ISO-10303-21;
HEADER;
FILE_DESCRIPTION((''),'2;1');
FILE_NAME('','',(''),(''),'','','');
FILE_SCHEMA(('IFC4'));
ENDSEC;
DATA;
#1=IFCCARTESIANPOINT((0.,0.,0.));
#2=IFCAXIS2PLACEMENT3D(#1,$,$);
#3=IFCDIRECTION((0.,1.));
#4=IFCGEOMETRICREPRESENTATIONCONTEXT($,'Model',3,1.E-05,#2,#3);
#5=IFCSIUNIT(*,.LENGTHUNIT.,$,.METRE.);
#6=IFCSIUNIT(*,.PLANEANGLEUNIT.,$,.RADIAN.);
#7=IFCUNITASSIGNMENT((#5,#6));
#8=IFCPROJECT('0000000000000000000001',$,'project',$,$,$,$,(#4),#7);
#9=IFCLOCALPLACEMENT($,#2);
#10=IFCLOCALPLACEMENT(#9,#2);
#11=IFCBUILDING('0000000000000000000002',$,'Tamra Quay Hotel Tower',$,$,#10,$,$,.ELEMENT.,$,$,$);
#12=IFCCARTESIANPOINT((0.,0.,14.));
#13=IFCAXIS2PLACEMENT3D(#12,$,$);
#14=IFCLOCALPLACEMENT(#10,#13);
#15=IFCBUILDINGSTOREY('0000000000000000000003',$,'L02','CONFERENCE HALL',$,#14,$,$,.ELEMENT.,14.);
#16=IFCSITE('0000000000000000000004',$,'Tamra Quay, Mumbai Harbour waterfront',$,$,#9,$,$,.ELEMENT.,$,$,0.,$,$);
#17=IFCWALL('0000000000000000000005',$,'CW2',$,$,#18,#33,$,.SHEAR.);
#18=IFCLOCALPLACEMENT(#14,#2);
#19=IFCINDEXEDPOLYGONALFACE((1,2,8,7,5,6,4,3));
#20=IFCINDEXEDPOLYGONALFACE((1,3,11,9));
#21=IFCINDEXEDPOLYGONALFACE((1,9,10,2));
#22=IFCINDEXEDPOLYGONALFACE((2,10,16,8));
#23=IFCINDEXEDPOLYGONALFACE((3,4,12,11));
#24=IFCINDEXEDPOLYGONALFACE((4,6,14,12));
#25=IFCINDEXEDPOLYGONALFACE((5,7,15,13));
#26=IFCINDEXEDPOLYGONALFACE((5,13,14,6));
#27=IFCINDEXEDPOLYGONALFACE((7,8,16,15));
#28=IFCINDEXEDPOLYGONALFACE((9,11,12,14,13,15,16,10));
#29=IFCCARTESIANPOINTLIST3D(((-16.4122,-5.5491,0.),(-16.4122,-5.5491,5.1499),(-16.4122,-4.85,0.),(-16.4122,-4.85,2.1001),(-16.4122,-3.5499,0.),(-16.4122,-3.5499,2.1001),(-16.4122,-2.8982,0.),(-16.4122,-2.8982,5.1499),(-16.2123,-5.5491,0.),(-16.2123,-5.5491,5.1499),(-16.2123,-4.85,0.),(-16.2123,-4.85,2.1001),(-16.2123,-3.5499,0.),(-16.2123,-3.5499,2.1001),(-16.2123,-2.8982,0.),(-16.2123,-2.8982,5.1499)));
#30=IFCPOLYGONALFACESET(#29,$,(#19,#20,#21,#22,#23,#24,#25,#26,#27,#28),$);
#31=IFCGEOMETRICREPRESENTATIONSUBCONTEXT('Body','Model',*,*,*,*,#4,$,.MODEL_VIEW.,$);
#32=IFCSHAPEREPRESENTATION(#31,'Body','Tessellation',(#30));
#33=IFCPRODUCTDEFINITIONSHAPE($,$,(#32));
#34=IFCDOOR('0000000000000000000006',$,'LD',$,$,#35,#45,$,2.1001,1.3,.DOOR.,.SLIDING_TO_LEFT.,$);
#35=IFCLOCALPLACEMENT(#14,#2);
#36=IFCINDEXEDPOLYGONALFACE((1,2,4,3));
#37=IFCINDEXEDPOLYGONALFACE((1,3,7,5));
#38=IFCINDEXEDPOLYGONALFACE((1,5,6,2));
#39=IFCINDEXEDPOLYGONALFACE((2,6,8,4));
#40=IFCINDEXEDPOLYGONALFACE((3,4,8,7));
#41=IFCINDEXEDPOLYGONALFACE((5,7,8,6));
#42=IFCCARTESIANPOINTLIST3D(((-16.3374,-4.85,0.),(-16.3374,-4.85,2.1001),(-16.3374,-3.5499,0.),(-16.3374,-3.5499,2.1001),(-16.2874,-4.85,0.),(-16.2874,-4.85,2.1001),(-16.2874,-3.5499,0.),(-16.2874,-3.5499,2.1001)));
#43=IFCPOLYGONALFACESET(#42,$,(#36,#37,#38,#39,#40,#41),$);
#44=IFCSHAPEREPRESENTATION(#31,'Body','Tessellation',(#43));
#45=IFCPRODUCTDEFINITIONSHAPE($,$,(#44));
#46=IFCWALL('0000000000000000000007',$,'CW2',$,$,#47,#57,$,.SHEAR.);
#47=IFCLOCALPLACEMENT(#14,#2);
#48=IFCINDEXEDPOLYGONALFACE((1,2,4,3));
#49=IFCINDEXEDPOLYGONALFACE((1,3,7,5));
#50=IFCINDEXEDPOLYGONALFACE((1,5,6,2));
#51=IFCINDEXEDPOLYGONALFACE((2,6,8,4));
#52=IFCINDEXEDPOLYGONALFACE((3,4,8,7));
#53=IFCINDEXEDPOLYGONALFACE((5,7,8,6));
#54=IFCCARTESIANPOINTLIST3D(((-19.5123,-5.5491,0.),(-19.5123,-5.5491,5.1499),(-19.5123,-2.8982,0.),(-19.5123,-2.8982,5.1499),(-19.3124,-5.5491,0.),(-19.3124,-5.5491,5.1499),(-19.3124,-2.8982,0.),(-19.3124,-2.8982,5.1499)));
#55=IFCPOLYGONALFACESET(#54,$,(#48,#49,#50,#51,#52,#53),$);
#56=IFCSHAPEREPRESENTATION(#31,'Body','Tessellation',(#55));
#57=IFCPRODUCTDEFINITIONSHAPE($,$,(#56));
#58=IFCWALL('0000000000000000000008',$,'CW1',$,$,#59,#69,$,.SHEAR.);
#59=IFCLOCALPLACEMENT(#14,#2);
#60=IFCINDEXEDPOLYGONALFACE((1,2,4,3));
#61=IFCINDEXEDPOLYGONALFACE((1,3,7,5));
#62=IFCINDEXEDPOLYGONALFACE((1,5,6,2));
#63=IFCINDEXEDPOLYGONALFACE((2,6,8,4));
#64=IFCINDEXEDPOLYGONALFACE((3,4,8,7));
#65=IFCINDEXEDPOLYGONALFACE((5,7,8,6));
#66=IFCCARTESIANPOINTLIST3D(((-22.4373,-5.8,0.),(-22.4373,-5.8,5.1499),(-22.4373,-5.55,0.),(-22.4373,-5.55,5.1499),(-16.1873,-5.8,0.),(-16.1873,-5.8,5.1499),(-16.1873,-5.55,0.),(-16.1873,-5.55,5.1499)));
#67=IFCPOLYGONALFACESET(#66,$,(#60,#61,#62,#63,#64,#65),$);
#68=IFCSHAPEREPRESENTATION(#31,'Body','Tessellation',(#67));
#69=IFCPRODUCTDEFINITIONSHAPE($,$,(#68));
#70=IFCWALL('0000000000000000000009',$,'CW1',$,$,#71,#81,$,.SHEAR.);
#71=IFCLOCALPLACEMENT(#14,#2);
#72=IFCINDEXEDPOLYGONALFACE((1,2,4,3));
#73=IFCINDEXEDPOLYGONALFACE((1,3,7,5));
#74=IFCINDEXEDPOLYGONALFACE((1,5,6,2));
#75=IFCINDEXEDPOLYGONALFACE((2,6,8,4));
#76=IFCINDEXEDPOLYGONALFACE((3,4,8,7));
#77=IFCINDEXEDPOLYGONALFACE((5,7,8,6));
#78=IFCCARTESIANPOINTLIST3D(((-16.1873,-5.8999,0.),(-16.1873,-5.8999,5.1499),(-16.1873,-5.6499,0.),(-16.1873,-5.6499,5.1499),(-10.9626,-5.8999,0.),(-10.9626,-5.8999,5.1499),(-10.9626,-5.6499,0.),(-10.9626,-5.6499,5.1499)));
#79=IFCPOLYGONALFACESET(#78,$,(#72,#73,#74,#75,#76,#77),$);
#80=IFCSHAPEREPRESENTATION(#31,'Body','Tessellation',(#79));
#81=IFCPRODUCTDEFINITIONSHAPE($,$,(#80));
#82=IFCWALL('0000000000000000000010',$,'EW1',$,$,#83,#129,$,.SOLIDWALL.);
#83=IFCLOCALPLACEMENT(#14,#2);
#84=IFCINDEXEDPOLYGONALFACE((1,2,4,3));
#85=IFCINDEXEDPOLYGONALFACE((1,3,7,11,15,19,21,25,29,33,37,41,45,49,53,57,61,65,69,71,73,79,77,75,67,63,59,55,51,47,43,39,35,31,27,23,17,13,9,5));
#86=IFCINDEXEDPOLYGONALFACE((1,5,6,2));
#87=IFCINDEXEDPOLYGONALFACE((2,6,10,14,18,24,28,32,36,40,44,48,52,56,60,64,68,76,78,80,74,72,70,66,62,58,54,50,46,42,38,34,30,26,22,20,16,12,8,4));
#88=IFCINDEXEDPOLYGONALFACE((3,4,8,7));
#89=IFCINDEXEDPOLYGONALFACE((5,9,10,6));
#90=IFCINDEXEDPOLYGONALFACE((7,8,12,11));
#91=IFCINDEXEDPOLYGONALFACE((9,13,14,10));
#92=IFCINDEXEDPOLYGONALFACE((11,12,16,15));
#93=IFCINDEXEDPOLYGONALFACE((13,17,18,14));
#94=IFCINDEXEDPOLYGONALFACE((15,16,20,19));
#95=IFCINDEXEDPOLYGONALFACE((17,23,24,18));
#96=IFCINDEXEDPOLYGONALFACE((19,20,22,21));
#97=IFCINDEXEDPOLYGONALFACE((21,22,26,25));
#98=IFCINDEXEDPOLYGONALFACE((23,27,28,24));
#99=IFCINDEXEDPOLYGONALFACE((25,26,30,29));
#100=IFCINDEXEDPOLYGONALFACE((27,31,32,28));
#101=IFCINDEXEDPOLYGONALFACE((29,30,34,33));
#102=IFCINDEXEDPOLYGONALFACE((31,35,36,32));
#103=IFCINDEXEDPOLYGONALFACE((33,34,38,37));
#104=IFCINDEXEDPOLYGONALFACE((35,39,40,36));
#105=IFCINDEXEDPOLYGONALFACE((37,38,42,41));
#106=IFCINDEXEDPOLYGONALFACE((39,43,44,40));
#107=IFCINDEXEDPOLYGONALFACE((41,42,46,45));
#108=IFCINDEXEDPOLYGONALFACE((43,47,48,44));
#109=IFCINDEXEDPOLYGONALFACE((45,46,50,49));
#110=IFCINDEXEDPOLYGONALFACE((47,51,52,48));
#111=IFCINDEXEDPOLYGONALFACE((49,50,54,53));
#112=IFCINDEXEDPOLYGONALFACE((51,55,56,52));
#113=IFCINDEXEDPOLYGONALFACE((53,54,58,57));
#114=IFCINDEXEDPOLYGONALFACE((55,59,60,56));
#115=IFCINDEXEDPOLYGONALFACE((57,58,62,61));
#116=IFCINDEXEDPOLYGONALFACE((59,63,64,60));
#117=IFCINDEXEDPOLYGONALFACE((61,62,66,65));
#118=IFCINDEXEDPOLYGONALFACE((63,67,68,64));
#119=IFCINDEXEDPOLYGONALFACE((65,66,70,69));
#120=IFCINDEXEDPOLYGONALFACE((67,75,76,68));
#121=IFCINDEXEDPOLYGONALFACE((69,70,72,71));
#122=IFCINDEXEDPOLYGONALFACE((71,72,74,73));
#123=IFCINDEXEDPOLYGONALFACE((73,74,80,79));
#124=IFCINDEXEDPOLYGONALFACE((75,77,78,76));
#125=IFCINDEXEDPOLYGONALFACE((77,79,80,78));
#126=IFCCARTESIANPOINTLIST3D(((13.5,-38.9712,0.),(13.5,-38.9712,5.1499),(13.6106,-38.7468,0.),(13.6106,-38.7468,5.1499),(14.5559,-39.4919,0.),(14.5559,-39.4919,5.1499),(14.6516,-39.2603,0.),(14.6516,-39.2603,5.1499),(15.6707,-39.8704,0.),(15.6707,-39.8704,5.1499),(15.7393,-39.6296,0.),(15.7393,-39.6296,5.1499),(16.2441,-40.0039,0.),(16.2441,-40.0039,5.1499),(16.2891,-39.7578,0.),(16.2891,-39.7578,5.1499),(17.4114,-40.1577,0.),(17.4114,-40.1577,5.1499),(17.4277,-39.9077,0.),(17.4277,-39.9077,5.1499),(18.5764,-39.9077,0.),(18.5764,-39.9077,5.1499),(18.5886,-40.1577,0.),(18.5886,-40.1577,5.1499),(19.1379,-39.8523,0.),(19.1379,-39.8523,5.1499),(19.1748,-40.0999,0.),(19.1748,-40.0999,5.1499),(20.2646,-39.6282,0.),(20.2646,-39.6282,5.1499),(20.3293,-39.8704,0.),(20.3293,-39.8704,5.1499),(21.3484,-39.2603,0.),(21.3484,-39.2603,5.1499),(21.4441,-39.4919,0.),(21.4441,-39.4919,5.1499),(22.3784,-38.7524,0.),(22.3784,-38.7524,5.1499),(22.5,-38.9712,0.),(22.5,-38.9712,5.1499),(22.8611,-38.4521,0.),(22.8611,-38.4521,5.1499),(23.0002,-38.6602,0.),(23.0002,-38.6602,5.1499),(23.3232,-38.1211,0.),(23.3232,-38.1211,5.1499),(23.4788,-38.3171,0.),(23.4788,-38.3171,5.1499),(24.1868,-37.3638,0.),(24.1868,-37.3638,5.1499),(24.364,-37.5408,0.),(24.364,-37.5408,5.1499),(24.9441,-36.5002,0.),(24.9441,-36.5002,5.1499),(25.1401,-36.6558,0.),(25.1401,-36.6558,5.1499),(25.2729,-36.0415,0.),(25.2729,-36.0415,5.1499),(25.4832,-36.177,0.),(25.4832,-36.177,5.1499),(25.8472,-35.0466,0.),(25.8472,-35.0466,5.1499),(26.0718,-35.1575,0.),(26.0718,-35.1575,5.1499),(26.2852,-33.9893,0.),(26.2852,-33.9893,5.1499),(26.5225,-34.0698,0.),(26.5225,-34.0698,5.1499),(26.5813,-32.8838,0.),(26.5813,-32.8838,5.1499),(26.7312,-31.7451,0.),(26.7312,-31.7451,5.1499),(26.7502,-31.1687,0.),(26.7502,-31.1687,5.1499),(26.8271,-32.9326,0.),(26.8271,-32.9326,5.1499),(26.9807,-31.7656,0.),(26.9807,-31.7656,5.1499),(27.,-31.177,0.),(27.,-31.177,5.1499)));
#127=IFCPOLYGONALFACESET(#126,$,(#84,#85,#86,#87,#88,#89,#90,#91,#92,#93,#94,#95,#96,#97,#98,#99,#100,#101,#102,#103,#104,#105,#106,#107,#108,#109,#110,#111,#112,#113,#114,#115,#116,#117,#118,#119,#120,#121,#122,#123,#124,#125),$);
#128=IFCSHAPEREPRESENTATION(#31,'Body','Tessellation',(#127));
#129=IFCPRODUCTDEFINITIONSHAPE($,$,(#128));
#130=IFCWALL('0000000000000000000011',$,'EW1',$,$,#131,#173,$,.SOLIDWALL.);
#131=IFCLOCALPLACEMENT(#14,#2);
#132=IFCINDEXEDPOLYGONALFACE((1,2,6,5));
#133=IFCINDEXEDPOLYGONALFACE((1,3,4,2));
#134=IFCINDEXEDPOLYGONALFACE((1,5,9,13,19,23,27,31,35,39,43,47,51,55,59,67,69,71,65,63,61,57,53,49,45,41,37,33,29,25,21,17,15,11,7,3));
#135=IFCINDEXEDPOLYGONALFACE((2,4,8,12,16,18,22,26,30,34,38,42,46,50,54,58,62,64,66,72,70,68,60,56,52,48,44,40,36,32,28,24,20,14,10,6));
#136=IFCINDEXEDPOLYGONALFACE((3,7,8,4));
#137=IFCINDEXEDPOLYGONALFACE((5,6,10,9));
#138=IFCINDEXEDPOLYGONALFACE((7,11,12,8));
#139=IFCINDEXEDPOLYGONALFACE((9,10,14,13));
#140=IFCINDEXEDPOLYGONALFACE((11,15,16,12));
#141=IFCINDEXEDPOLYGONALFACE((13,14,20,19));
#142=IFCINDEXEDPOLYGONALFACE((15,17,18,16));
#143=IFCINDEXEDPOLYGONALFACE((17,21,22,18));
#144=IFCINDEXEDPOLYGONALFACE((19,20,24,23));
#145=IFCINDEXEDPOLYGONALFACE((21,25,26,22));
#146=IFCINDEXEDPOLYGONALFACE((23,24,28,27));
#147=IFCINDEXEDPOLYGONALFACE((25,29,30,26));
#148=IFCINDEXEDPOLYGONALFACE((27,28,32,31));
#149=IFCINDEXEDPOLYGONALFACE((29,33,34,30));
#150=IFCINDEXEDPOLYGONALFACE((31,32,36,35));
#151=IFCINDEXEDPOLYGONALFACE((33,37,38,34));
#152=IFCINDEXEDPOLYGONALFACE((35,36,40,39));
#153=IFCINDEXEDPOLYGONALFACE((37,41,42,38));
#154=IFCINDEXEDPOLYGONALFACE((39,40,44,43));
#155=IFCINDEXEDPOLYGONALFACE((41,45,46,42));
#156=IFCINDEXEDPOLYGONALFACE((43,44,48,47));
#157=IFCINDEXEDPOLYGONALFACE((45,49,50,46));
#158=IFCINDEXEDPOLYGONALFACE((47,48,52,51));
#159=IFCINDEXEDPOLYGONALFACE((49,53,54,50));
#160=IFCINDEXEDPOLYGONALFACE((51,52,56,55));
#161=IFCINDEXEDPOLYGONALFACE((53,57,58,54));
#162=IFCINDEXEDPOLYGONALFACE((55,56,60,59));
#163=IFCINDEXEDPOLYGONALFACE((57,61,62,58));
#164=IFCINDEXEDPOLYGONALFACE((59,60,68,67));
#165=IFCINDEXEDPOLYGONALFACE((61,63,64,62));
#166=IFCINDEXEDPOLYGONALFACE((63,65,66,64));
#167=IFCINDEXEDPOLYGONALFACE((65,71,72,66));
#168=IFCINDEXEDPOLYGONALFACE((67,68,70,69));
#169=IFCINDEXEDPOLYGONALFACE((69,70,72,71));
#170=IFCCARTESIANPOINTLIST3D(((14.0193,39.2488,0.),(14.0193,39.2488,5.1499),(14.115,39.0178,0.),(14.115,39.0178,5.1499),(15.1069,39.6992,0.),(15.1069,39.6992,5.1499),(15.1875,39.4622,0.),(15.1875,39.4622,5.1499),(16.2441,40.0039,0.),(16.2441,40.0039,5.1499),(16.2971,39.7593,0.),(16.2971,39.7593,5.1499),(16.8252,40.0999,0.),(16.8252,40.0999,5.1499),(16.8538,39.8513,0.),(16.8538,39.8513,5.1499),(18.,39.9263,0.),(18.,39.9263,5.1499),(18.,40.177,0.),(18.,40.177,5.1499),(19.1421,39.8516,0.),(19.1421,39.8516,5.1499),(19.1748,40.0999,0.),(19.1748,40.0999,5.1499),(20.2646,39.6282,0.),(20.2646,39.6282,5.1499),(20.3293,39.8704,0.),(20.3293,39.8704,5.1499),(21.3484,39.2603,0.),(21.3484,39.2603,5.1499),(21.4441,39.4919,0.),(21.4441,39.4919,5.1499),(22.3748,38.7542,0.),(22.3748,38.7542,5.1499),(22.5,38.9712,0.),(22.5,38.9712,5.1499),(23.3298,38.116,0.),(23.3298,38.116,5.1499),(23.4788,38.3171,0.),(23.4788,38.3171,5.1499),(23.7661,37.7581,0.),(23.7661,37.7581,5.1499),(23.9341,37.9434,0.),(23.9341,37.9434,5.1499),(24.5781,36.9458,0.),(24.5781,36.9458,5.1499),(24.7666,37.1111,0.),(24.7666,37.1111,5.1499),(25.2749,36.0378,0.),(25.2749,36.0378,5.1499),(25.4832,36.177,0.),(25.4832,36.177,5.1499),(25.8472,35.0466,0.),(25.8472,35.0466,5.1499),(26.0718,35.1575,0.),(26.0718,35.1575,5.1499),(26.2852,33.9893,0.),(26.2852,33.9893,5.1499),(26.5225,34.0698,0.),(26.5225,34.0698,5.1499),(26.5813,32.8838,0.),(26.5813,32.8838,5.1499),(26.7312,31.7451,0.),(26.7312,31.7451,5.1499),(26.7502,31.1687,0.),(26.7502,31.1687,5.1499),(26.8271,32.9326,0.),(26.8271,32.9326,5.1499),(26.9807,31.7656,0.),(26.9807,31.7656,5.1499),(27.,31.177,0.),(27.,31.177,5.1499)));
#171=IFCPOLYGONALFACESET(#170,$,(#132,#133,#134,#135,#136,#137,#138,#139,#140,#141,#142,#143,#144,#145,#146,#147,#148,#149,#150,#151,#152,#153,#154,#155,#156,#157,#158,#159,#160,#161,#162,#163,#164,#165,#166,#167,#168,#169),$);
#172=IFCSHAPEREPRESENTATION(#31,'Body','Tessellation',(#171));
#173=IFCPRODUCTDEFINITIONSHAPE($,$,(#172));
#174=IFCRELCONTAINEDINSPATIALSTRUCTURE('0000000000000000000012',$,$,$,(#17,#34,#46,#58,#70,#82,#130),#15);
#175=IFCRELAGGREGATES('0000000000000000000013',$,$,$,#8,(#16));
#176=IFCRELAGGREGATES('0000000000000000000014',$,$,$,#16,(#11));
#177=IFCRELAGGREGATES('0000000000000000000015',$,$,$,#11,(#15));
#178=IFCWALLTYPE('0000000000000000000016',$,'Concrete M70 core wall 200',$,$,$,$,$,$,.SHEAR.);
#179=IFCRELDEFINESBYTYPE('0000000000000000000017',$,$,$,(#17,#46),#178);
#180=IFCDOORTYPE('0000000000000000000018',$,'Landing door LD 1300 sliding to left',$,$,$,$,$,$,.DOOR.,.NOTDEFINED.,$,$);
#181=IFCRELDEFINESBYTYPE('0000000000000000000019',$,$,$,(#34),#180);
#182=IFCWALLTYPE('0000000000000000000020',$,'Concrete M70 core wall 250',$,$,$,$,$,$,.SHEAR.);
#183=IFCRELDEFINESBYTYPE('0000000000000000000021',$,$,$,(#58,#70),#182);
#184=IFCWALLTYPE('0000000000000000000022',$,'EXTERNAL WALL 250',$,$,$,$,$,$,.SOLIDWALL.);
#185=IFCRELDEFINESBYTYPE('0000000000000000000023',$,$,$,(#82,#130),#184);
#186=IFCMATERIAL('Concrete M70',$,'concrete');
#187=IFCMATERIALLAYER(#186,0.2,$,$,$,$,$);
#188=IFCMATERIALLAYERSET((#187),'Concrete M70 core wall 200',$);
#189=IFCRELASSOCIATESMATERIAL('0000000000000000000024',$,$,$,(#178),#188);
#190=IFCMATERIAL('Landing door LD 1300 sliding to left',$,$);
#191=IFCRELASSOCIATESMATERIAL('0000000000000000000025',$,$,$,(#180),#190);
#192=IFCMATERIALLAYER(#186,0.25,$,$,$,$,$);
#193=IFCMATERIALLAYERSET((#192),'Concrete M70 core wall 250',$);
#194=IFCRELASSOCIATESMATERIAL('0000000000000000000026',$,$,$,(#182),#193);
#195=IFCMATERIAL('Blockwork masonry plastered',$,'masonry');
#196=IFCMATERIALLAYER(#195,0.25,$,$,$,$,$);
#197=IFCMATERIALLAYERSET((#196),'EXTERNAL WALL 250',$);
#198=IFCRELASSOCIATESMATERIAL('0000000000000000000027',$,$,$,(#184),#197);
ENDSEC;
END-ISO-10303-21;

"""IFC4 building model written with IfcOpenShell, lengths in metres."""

from ifc_helpers import new_model, si_unit, direction, frame, frame_2d, origin, place, context, subcontext, project, spatial, polyline, rectangle, outline, extrude, material, layer, layer_set, type_object, element, fill, save


model = new_model("IFC4")

# Units and contexts
model_context = context("Model", 3, precision=1e-05, world=origin(), true_north=direction((0.0, 1.0)))
body_context = subcontext(model_context, "Body", "Model", "MODEL_VIEW")
ifc_project = project(units=[si_unit("LENGTHUNIT", "METRE"), si_unit("PLANEANGLEUNIT", "RADIAN")], contexts=[model_context])

# Site, building, storey
site_placement = place(None, origin())
site = spatial("IfcSite", under=ifc_project, at=site_placement, Name="Tamra Quay, Mumbai Harbour waterfront", CompositionType="ELEMENT", RefElevation=0.0)
building_placement = place(site_placement, origin())
building = spatial("IfcBuilding", under=site, at=building_placement, Name="Tamra Quay Hotel Tower", CompositionType="ELEMENT")
storey_placement = place(building_placement, frame((0.0, 0.0, 14.0)))
storey = spatial("IfcBuildingStorey", under=building, at=storey_placement, Name="L02", Description="CONFERENCE HALL", CompositionType="ELEMENT", Elevation=14.0)

# Shared definitions
ifc_material_1 = material(Name="Concrete M70", Category="concrete")

# Shared definitions
ifc_layer_1 = layer(ifc_material_1, 0.2)
ifc_layer_set_1 = layer_set([ifc_layer_1], Name="Concrete M70 core wall 200")
wall_type_1 = type_object("IfcWallType", Name="Concrete M70 core wall 200", PredefinedType="SHEAR", material=ifc_layer_set_1)

# Wall, opening, door
wall_1_placement = place(storey_placement, frame((-16.3123, -2.8982, 0.0), z_axis=(0.0, 0.0, 1.0), x_axis=(0.0, -1.0, 0.0)))
wall_1 = element("IfcWall", 1, at=wall_1_placement, inside=storey, type_object=wall_type_1, Name="CW2", PredefinedType="SHEAR", context=body_context, shape_type="SweptSolid", body=[
    extrude(rectangle(XDim=2.6509, YDim=0.2, at=frame_2d((1.3254, 0.0))), origin(), (0.0, 0.0, 1.0), 5.1499),
])
opening_1_placement = place(wall_1_placement, frame((0.6519, 0.0, 0.0)))
opening_1 = element("IfcOpeningElement", 2, at=opening_1_placement, cuts=wall_1, PredefinedType="OPENING", context=body_context, shape_type="SweptSolid", body=[
    extrude(rectangle(XDim=1.3, YDim=2.1001, at=frame_2d((0.6499, 1.05))), frame((0.0, 0.1099, 0.0), z_axis=(0.0, -1.0, 0.0), x_axis=(1.0, 0.0, 0.0)), (0.0, 0.0, 1.0), 0.22),
])
ifc_material_2 = material(Name="Landing door LD 1300 sliding to left")
door_type_1 = type_object("IfcDoorType", Name="Landing door LD 1300 sliding to left", OperationType="NOTDEFINED", PredefinedType="DOOR", material=ifc_material_2)
door_1_placement = place(opening_1_placement, origin())
door_1 = element("IfcDoor", 3, at=door_1_placement, inside=storey, type_object=door_type_1, Name="LD", OperationType="SLIDING_TO_LEFT", OverallHeight=2.1001, OverallWidth=1.3, PredefinedType="DOOR", context=body_context, shape_type="SweptSolid", body=[
    extrude(rectangle(XDim=1.3, YDim=2.1001, at=frame_2d((0.6499, 1.05))), frame((0.0, 0.0249, 0.0), z_axis=(0.0, -1.0, 0.0), x_axis=(1.0, 0.0, 0.0)), (0.0, 0.0, 1.0), 0.05),
])
fill(opening_1, door_1)

# Walls
wall_2_placement = place(storey_placement, frame((-19.4124, -5.5491, 0.0), z_axis=(0.0, 0.0, 1.0), x_axis=(0.0, 1.0, 0.0)))
element("IfcWall", 4, at=wall_2_placement, inside=storey, type_object=wall_type_1, Name="CW2", PredefinedType="SHEAR", context=body_context, shape_type="SweptSolid", body=[
    extrude(rectangle(XDim=2.6509, YDim=0.2, at=frame_2d((1.3254, 0.0))), origin(), (0.0, 0.0, 1.0), 5.1499),
])
ifc_layer_2 = layer(ifc_material_1, 0.25)
ifc_layer_set_2 = layer_set([ifc_layer_2], Name="Concrete M70 core wall 250")
wall_type_2 = type_object("IfcWallType", Name="Concrete M70 core wall 250", PredefinedType="SHEAR", material=ifc_layer_set_2)
wall_3_placement = place(storey_placement, frame((-16.1873, -5.675, 0.0), z_axis=(0.0, 0.0, 1.0), x_axis=(-1.0, 0.0, 0.0)))
element("IfcWall", 5, at=wall_3_placement, inside=storey, type_object=wall_type_2, Name="CW1", PredefinedType="SHEAR", context=body_context, shape_type="SweptSolid", body=[
    extrude(rectangle(XDim=6.25, YDim=0.25, at=frame_2d((3.125, 0.0))), origin(), (0.0, 0.0, 1.0), 5.1499),
])
wall_4_placement = place(storey_placement, frame((-10.9626, -5.7749, 0.0), z_axis=(0.0, 0.0, 1.0), x_axis=(-1.0, 0.0, 0.0)))
element("IfcWall", 6, at=wall_4_placement, inside=storey, type_object=wall_type_2, Name="CW1", PredefinedType="SHEAR", context=body_context, shape_type="SweptSolid", body=[
    extrude(rectangle(XDim=5.2246, YDim=0.25, at=frame_2d((2.6123, 0.0))), origin(), (0.0, 0.0, 1.0), 5.1499),
])
ifc_material_3 = material(Name="Blockwork masonry plastered", Category="masonry")
ifc_layer_3 = layer(ifc_material_3, 0.25)
ifc_layer_set_3 = layer_set([ifc_layer_3], Name="EXTERNAL WALL 250")
wall_type_3 = type_object("IfcWallType", Name="EXTERNAL WALL 250", PredefinedType="SOLIDWALL", material=ifc_layer_set_3)
wall_5_placement = place(storey_placement, origin())
element("IfcWall", 7, at=wall_5_placement, inside=storey, type_object=wall_type_3, Name="EW1", PredefinedType="SOLIDWALL", context=body_context, shape_type="SweptSolid", body=[
    extrude(outline(polyline([(13.5, -38.9712), (14.5559, -39.4919), (15.6707, -39.8704), (16.2441, -40.0039), (17.4114, -40.1577), (18.5886, -40.1577), (19.1748, -40.0999), (20.3293, -39.8704), (21.4441, -39.4919), (22.5, -38.9712), (23.0002, -38.6602), (23.4788, -38.3171), (24.364, -37.5408), (25.1401, -36.6558), (25.4832, -36.177), (26.0718, -35.1575), (26.5225, -34.0698), (26.8271, -32.9326), (26.9807, -31.7656), (27.0, -31.177), (26.7502, -31.1687), (26.7312, -31.7451), (26.5813, -32.8838), (26.2852, -33.9893), (25.8472, -35.0466), (25.2729, -36.0415), (24.9441, -36.5002), (24.1868, -37.3638), (23.3232, -38.1211), (22.8611, -38.4521), (22.3784, -38.7524), (21.3484, -39.2603), (20.2646, -39.6282), (19.1379, -39.8523), (18.5764, -39.9077), (17.4277, -39.9077), (16.2891, -39.7578), (15.7393, -39.6296), (14.6516, -39.2603), (13.6106, -38.7468), (13.5, -38.9712)])), origin(), (0.0, 0.0, 1.0), 5.1499),
])
wall_6_placement = place(storey_placement, origin())
element("IfcWall", 8, at=wall_6_placement, inside=storey, type_object=wall_type_3, Name="EW1", PredefinedType="SOLIDWALL", context=body_context, shape_type="SweptSolid", body=[
    extrude(outline(polyline([(27.0, 31.177), (26.9807, 31.7656), (26.8271, 32.9326), (26.5225, 34.0698), (26.0718, 35.1575), (25.4832, 36.177), (24.7666, 37.1111), (23.9341, 37.9434), (23.4788, 38.3171), (22.5, 38.9712), (21.4441, 39.4919), (20.3293, 39.8704), (19.1748, 40.0999), (18.0, 40.177), (16.8252, 40.0999), (16.2441, 40.0039), (15.1069, 39.6992), (14.0193, 39.2488), (14.115, 39.0178), (15.1875, 39.4622), (16.2971, 39.7593), (16.8538, 39.8513), (18.0, 39.9263), (19.1421, 39.8516), (20.2646, 39.6282), (21.3484, 39.2603), (22.3748, 38.7542), (23.3298, 38.116), (23.7661, 37.7581), (24.5781, 36.9458), (25.2749, 36.0378), (25.8472, 35.0466), (26.2852, 33.9893), (26.5813, 32.8838), (26.7312, 31.7451), (26.7502, 31.1687), (27.0, 31.177)])), origin(), (0.0, 0.0, 1.0), 5.1499),
])

save(model, "model.ifc")
